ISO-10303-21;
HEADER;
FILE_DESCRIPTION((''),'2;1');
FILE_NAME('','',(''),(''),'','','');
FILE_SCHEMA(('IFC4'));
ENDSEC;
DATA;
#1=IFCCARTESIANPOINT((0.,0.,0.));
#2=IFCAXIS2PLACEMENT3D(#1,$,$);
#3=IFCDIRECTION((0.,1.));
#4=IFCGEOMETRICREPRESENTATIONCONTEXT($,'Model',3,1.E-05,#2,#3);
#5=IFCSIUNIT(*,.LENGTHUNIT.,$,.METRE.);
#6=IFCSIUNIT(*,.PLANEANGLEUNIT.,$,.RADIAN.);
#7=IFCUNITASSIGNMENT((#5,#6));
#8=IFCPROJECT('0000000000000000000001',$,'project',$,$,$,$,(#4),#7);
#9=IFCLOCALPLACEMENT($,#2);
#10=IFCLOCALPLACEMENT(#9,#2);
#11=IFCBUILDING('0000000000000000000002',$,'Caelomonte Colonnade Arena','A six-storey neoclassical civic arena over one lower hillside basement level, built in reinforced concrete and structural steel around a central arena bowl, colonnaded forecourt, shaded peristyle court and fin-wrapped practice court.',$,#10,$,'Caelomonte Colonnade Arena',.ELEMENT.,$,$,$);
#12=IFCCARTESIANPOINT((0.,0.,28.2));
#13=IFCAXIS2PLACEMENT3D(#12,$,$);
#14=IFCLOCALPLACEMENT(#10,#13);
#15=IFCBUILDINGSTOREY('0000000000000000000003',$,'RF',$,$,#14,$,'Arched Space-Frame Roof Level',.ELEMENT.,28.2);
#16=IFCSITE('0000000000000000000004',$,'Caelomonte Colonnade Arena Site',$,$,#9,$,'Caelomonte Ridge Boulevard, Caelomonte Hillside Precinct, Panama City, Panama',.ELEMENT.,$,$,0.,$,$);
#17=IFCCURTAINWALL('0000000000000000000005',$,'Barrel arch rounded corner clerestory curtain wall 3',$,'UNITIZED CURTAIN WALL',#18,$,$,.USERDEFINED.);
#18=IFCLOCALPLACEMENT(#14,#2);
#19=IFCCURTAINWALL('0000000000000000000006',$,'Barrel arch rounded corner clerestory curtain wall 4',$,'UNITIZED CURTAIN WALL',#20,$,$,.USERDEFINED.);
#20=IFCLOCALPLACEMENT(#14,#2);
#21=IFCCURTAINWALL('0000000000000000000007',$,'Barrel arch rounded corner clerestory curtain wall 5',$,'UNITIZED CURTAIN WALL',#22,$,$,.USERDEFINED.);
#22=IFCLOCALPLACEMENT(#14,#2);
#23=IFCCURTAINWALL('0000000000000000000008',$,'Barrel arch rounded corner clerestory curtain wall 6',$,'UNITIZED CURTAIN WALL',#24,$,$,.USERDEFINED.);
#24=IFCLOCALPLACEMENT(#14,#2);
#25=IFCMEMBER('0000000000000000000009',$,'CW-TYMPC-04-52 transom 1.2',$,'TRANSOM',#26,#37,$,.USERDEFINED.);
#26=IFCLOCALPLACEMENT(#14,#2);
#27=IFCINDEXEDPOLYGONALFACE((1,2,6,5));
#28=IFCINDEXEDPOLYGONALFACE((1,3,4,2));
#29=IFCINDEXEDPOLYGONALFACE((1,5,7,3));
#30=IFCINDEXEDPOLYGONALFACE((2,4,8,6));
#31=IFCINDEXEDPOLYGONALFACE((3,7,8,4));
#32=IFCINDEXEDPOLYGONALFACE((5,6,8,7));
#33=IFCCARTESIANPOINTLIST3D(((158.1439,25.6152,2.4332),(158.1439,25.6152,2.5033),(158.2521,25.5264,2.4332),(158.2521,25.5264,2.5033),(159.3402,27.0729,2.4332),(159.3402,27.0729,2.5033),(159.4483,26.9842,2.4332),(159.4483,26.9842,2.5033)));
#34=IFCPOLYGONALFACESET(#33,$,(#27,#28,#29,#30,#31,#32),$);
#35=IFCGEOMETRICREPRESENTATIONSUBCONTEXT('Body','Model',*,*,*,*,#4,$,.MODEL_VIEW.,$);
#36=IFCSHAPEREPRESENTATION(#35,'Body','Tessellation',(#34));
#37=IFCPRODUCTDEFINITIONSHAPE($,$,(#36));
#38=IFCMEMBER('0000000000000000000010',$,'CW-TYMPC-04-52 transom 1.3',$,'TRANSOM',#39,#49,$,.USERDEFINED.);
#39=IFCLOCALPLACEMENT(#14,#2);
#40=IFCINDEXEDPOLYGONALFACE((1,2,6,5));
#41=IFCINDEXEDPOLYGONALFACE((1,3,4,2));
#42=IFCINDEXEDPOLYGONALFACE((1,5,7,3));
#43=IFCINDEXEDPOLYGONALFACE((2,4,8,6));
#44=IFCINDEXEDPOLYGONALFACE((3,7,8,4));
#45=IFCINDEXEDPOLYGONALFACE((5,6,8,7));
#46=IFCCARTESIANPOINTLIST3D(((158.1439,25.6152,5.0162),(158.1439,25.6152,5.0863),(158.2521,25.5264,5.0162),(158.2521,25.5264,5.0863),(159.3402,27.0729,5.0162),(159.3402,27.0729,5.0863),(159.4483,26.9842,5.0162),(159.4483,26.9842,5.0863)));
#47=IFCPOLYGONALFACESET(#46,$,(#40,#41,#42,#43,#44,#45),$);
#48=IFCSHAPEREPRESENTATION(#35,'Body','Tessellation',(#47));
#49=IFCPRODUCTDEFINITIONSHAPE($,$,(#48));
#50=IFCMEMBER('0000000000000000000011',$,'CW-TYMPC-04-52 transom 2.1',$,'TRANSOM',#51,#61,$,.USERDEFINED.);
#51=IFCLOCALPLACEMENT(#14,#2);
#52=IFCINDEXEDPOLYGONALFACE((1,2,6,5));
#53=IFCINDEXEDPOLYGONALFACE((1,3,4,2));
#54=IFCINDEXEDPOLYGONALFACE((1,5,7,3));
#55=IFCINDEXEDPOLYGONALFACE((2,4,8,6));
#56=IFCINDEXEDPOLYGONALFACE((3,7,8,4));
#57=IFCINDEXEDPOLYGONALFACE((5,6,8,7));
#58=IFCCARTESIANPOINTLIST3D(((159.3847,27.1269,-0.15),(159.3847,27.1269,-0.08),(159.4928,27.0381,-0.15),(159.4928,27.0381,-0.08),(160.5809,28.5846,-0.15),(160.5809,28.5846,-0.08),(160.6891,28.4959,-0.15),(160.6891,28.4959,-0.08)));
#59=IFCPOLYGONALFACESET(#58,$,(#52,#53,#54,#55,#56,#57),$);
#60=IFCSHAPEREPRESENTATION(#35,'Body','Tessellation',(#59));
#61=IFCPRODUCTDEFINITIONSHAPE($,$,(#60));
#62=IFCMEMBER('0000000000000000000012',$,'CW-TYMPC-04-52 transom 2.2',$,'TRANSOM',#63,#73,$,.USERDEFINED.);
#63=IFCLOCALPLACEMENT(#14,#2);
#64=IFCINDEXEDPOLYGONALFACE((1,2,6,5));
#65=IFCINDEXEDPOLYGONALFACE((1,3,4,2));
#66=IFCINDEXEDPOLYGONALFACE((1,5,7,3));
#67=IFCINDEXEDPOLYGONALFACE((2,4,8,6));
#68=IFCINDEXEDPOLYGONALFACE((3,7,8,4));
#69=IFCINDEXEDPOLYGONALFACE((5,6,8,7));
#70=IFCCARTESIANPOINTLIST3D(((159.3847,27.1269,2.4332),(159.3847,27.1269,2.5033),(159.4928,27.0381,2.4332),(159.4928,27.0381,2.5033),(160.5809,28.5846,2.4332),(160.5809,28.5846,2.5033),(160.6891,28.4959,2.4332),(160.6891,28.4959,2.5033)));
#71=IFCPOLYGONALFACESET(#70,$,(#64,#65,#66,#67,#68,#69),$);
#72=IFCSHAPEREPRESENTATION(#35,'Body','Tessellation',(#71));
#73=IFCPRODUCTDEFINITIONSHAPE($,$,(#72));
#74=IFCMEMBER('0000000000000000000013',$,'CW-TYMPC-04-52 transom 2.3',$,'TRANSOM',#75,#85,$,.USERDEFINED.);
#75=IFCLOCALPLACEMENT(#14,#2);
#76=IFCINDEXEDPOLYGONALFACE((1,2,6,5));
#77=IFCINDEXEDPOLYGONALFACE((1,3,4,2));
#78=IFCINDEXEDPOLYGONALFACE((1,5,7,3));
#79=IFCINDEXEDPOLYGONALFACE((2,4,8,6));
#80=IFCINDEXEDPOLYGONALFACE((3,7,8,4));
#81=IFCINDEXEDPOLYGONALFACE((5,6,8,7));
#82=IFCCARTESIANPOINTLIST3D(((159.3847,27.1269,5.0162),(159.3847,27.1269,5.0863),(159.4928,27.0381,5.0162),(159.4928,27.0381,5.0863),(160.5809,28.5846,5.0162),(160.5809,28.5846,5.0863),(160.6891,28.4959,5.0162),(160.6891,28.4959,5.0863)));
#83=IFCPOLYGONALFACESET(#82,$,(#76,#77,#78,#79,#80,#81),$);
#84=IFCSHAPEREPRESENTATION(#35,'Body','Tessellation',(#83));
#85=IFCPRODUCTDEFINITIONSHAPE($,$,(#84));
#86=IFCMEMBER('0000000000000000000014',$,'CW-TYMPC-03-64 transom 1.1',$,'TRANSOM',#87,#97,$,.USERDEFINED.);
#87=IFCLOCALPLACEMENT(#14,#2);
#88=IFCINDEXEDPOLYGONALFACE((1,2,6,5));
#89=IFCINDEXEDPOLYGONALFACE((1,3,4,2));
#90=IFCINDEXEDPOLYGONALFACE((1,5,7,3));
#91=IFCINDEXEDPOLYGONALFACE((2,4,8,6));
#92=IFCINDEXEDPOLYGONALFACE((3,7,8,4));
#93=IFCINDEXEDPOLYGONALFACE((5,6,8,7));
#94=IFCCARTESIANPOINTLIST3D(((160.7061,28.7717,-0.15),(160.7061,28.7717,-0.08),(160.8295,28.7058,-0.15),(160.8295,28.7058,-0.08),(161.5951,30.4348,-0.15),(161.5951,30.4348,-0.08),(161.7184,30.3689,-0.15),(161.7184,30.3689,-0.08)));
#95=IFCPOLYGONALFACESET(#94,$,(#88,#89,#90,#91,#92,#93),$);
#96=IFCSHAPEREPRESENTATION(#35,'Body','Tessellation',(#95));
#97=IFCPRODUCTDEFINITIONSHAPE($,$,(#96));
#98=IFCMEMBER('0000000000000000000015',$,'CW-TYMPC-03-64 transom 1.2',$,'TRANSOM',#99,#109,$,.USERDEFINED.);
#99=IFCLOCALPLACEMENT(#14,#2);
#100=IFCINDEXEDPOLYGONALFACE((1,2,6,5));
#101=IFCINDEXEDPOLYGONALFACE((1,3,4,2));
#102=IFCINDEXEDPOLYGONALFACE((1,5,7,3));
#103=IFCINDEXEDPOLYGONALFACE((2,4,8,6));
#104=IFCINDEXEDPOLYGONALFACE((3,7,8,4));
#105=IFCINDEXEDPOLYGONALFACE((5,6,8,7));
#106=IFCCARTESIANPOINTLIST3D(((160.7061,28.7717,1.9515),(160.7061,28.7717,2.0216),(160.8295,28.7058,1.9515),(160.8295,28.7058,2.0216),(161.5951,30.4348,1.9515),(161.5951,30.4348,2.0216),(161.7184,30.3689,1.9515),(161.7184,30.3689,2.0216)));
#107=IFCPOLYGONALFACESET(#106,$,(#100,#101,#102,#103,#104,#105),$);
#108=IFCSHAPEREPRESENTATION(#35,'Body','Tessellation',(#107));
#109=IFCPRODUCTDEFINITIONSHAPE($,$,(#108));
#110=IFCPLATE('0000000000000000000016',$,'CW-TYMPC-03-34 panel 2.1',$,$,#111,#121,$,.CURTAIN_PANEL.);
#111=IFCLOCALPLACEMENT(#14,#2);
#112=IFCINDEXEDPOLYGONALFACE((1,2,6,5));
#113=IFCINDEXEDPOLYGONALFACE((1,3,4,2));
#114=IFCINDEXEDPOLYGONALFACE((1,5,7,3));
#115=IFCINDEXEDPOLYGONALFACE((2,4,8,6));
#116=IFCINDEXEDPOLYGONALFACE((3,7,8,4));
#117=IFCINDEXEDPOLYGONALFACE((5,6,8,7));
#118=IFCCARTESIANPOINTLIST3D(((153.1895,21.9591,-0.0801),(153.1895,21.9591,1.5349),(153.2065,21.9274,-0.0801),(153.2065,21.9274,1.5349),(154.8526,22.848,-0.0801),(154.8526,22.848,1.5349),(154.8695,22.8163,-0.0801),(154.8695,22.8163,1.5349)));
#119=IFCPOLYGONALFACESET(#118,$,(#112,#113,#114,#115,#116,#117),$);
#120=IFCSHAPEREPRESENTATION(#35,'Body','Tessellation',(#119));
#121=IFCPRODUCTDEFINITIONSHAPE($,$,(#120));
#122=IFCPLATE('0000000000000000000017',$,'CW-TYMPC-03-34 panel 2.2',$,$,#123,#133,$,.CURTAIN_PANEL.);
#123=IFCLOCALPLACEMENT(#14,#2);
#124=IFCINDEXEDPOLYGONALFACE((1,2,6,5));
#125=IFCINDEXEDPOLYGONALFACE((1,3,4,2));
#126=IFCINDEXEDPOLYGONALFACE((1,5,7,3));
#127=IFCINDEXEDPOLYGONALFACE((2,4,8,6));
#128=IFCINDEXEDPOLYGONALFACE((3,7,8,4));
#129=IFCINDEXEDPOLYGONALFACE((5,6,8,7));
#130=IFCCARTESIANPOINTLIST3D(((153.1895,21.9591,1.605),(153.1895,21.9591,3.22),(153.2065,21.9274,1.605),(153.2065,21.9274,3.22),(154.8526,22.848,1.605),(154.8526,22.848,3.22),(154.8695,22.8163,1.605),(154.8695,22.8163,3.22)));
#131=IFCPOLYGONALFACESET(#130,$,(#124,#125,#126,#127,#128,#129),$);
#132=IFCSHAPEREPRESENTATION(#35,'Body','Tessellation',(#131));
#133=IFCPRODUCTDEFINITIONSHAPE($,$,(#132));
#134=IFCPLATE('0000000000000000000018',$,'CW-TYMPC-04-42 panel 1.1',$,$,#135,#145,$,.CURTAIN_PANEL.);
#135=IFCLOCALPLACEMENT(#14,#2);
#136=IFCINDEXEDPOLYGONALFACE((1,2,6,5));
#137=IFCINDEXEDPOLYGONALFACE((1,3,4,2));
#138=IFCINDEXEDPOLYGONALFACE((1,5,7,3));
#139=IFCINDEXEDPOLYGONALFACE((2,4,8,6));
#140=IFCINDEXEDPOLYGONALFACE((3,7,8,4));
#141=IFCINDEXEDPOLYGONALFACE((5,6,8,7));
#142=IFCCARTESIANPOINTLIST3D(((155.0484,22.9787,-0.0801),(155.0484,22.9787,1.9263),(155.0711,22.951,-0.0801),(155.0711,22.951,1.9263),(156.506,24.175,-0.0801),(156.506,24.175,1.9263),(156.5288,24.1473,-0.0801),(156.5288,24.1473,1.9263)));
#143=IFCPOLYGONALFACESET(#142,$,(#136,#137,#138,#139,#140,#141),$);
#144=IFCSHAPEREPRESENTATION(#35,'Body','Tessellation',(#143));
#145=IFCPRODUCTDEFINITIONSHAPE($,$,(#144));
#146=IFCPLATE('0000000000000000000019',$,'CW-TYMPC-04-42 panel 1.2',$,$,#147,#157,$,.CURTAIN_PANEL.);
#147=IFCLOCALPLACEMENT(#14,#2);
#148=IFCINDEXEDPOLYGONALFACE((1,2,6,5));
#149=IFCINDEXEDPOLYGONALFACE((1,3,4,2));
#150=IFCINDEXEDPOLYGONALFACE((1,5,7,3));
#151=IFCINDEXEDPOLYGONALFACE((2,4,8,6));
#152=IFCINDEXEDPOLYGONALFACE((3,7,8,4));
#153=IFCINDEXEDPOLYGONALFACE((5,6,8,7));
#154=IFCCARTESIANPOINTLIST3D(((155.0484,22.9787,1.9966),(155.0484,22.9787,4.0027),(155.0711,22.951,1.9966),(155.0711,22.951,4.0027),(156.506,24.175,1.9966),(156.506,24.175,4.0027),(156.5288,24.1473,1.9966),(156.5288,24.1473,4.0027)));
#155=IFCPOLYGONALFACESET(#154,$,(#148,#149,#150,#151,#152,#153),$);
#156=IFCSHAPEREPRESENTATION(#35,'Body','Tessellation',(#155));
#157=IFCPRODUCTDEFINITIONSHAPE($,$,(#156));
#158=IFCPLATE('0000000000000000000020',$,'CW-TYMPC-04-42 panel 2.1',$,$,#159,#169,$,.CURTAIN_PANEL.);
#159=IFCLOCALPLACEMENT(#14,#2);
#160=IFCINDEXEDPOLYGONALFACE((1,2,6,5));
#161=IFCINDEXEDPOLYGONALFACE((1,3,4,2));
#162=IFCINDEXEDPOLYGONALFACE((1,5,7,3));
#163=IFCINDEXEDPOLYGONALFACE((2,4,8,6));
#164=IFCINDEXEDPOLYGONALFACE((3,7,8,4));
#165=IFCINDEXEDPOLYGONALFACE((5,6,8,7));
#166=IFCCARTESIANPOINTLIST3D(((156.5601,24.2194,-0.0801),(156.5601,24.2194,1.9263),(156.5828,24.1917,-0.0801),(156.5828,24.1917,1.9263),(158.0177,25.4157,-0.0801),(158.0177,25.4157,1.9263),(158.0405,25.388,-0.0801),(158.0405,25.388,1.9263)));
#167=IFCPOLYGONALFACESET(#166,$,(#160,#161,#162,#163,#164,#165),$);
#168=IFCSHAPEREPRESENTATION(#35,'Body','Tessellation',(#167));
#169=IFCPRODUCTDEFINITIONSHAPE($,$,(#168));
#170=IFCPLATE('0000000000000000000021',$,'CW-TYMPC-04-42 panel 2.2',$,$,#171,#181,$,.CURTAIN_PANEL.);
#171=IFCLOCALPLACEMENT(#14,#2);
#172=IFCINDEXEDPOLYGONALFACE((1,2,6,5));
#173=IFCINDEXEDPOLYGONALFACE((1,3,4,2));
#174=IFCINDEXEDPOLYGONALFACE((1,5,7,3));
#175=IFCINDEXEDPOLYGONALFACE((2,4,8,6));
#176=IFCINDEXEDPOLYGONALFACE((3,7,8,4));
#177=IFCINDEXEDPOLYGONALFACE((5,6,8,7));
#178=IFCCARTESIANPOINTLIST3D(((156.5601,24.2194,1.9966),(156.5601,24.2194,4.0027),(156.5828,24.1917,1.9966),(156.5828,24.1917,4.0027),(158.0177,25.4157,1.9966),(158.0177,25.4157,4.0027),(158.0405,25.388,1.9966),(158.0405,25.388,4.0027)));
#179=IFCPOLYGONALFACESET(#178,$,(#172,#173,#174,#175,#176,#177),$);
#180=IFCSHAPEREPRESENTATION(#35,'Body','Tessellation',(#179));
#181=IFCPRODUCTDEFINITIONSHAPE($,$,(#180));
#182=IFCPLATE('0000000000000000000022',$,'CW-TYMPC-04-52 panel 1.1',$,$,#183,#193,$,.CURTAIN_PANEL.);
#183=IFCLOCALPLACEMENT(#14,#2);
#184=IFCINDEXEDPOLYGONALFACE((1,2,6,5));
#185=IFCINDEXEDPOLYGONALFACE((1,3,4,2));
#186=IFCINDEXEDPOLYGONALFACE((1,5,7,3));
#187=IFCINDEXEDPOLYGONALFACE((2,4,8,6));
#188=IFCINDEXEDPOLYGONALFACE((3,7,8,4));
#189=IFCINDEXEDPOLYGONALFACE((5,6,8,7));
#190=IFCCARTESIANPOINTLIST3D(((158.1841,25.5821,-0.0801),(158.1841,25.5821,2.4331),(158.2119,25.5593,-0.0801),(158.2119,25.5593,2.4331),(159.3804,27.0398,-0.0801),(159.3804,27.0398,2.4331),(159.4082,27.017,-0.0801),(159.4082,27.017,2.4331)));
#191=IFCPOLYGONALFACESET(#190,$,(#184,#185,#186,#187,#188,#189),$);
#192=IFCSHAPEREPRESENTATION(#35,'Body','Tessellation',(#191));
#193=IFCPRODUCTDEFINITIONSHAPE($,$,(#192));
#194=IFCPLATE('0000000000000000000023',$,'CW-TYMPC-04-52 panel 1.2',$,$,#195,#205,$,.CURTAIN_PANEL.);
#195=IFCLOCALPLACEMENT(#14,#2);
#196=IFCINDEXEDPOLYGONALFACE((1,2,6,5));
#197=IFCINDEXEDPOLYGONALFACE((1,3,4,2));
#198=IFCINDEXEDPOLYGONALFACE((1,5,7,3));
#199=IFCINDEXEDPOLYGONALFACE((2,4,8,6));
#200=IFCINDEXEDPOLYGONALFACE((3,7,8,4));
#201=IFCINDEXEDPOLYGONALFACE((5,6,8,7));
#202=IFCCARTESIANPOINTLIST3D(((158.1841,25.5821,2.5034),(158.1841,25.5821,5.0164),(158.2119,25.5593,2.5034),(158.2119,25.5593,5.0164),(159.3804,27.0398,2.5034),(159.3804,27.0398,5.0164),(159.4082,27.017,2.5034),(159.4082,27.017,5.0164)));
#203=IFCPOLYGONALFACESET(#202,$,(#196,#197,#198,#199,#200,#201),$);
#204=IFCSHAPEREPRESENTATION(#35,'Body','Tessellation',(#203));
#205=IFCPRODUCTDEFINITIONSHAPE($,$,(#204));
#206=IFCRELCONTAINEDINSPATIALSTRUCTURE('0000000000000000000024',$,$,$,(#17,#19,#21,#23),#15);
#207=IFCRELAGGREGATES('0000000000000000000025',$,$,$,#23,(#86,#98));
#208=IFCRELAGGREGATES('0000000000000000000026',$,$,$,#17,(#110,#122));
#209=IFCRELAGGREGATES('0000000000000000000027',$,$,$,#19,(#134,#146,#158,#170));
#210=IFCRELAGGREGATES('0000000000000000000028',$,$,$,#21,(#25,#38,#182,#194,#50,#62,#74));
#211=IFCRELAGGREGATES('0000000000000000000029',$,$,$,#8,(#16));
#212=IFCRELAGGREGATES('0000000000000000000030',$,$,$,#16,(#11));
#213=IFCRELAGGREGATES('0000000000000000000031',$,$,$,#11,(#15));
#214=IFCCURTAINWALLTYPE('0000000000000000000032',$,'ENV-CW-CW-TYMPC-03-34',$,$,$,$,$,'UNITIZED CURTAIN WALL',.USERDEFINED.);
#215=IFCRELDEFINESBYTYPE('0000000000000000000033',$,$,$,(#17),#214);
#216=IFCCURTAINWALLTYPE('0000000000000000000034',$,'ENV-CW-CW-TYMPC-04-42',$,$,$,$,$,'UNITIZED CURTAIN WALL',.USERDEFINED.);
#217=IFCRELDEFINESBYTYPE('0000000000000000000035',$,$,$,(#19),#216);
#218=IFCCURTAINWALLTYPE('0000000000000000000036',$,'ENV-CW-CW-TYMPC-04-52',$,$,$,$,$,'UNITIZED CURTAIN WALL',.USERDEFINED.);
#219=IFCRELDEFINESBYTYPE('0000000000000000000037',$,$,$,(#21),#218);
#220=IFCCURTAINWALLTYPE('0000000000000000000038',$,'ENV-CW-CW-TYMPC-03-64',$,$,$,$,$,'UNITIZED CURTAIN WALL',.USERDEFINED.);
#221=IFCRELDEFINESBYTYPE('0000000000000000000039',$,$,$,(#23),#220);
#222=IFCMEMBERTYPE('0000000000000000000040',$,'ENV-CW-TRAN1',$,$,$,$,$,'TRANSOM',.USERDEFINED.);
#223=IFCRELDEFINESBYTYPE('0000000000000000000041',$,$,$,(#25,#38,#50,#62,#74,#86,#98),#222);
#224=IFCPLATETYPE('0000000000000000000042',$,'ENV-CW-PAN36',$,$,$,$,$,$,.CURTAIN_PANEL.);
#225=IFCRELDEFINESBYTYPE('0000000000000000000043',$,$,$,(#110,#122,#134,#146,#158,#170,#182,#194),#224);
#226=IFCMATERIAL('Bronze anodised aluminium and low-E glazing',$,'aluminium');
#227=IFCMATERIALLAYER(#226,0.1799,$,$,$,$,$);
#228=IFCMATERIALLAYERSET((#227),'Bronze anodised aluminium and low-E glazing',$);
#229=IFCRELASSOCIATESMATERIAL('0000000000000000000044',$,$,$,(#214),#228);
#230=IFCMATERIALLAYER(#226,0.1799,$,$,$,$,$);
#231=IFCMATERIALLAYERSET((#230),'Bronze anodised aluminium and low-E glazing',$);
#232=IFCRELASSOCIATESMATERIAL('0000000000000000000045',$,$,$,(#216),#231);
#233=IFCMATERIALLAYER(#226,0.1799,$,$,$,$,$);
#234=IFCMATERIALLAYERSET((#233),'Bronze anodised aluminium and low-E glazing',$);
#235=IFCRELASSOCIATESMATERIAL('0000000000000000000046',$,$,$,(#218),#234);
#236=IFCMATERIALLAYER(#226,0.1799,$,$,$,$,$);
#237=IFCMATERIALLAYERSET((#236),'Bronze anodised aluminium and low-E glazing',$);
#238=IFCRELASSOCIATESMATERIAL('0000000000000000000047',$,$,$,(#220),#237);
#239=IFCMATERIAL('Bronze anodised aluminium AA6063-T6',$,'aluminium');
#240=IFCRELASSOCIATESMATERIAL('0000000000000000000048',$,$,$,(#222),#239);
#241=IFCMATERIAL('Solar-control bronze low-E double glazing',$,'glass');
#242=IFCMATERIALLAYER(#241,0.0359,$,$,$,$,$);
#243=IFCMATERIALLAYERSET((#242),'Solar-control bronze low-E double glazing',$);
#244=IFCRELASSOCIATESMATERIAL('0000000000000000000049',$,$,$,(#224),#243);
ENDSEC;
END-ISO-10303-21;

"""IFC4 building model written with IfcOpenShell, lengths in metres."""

from ifc_helpers import new_model, si_unit, direction, frame, origin, origin_2d, place, context, subcontext, project, spatial, rectangle, extrude, material, layer, layer_set, material_profile, profile_set, type_object, element, aggregate, save


model = new_model("IFC4")

# Units and contexts
model_context = context("Model", 3, precision=1e-05, world=origin(), true_north=direction((0.0, 1.0)))
body_context = subcontext(model_context, "Body", "Model", "MODEL_VIEW")
ifc_project = project(units=[si_unit("LENGTHUNIT", "METRE"), si_unit("PLANEANGLEUNIT", "RADIAN")], contexts=[model_context])

# Site, building, storey
site_placement = place(None, origin())
site = spatial("IfcSite", under=ifc_project, at=site_placement, Name="Caelomonte Colonnade Arena Site", LongName="Caelomonte Ridge Boulevard, Caelomonte Hillside Precinct, Panama City, Panama", CompositionType="ELEMENT", RefElevation=0.0)
building_placement = place(site_placement, origin())
building = spatial("IfcBuilding", under=site, at=building_placement, Name="Caelomonte Colonnade Arena", Description="A six-storey neoclassical civic arena over one lower hillside basement level, built in reinforced concrete and structural steel around a central arena bowl, colonnaded forecourt, shaded peristyle court and fin-wrapped practice court.", LongName="Caelomonte Colonnade Arena", CompositionType="ELEMENT")
storey_placement = place(building_placement, frame((0.0, 0.0, 28.2)))
storey = spatial("IfcBuildingStorey", under=building, at=storey_placement, Name="RF", LongName="Arched Space-Frame Roof Level", CompositionType="ELEMENT", Elevation=28.2)

# Curtain wall
ifc_material_1 = material(Name="Bronze anodised aluminium and low-E glazing", Category="aluminium")
ifc_layer_1 = layer(ifc_material_1, 0.1799)
ifc_layer_set_1 = layer_set([ifc_layer_1], Name="Bronze anodised aluminium and low-E glazing")
curtain_wall_type_1 = type_object("IfcCurtainWallType", Name="ENV-CW-CW-TYMPC-03-34", ElementType="UNITIZED CURTAIN WALL", PredefinedType="USERDEFINED", material=ifc_layer_set_1)
curtain_wall_1_placement = place(storey_placement, origin())
curtain_wall_1 = element("IfcCurtainWall", 1, at=curtain_wall_1_placement, inside=storey, type_object=curtain_wall_type_1, Name="Barrel arch rounded corner clerestory curtain wall 3", ObjectType="UNITIZED CURTAIN WALL", PredefinedType="USERDEFINED")
ifc_material_2 = material(Name="Bronze anodised aluminium AA6063-T6", Category="aluminium")

# Curtain walls
ifc_layer_2 = layer(ifc_material_1, 0.1799)
ifc_layer_set_2 = layer_set([ifc_layer_2], Name="Bronze anodised aluminium and low-E glazing")
curtain_wall_type_2 = type_object("IfcCurtainWallType", Name="ENV-CW-CW-TYMPC-04-42", ElementType="UNITIZED CURTAIN WALL", PredefinedType="USERDEFINED", material=ifc_layer_set_2)
curtain_wall_2_placement = place(storey_placement, origin())
curtain_wall_2 = element("IfcCurtainWall", 2, at=curtain_wall_2_placement, inside=storey, type_object=curtain_wall_type_2, Name="Barrel arch rounded corner clerestory curtain wall 4", ObjectType="UNITIZED CURTAIN WALL", PredefinedType="USERDEFINED")
ifc_layer_3 = layer(ifc_material_1, 0.1799)
ifc_layer_set_3 = layer_set([ifc_layer_3], Name="Bronze anodised aluminium and low-E glazing")
curtain_wall_type_3 = type_object("IfcCurtainWallType", Name="ENV-CW-CW-TYMPC-04-52", ElementType="UNITIZED CURTAIN WALL", PredefinedType="USERDEFINED", material=ifc_layer_set_3)
curtain_wall_3_placement = place(storey_placement, origin())
curtain_wall_3 = element("IfcCurtainWall", 3, at=curtain_wall_3_placement, inside=storey, type_object=curtain_wall_type_3, Name="Barrel arch rounded corner clerestory curtain wall 5", ObjectType="UNITIZED CURTAIN WALL", PredefinedType="USERDEFINED")

# Curtain wall
ifc_layer_4 = layer(ifc_material_1, 0.1799)
ifc_layer_set_4 = layer_set([ifc_layer_4], Name="Bronze anodised aluminium and low-E glazing")
curtain_wall_type_4 = type_object("IfcCurtainWallType", Name="ENV-CW-CW-TYMPC-03-64", ElementType="UNITIZED CURTAIN WALL", PredefinedType="USERDEFINED", material=ifc_layer_set_4)
curtain_wall_4_placement = place(storey_placement, origin())
curtain_wall_4 = element("IfcCurtainWall", 4, at=curtain_wall_4_placement, inside=storey, type_object=curtain_wall_type_4, Name="Barrel arch rounded corner clerestory curtain wall 6", ObjectType="UNITIZED CURTAIN WALL", PredefinedType="USERDEFINED")

# Members
ifc_material_profile_1 = material_profile(ifc_material_2, rectangle(XDim=0.0701, YDim=0.1399, at=origin_2d()), Name="CWT-70X140")
ifc_profile_set_1 = profile_set([ifc_material_profile_1], Name="Bronze anodised aluminium AA6063-T6")
member_type_1 = type_object("IfcMemberType", Name="ENV-CW-TRAN1", ElementType="TRANSOM", PredefinedType="USERDEFINED", material=ifc_profile_set_1)
member_1_placement = place(storey_placement, frame((158.198, 25.5708, 2.4683), z_axis=(0.634372, 0.773028, 0.0), x_axis=(0.0, 0.0, 1.0)))
member_1 = element("IfcMember", 5, at=member_1_placement, type_object=member_type_1, Name="CW-TYMPC-04-52 transom 1.2", ObjectType="TRANSOM", PredefinedType="USERDEFINED", context=body_context, shape_type="SweptSolid", body=[
    extrude(rectangle(XDim=0.0701, YDim=0.1399, at=origin_2d()), origin(), (0.0, 0.0, 1.0), 1.8857),
])
member_2_placement = place(storey_placement, frame((158.198, 25.5708, 5.0513), z_axis=(0.634372, 0.773028, 0.0), x_axis=(0.0, 0.0, 1.0)))
member_2 = element("IfcMember", 6, at=member_2_placement, type_object=member_type_1, Name="CW-TYMPC-04-52 transom 1.3", ObjectType="TRANSOM", PredefinedType="USERDEFINED", context=body_context, shape_type="SweptSolid", body=[
    extrude(rectangle(XDim=0.0701, YDim=0.1399, at=origin_2d()), origin(), (0.0, 0.0, 1.0), 1.8857),
])
member_3_placement = place(storey_placement, frame((159.4387, 27.0825, -0.115), z_axis=(0.634372, 0.773028, 0.0), x_axis=(0.0, 0.0, 1.0)))
member_3 = element("IfcMember", 7, at=member_3_placement, type_object=member_type_1, Name="CW-TYMPC-04-52 transom 2.1", ObjectType="TRANSOM", PredefinedType="USERDEFINED", context=body_context, shape_type="SweptSolid", body=[
    extrude(rectangle(XDim=0.0701, YDim=0.1399, at=origin_2d()), origin(), (0.0, 0.0, 1.0), 1.8857),
])
member_4_placement = place(storey_placement, frame((159.4387, 27.0825, 2.4683), z_axis=(0.634372, 0.773028, 0.0), x_axis=(0.0, 0.0, 1.0)))
member_4 = element("IfcMember", 8, at=member_4_placement, type_object=member_type_1, Name="CW-TYMPC-04-52 transom 2.2", ObjectType="TRANSOM", PredefinedType="USERDEFINED", context=body_context, shape_type="SweptSolid", body=[
    extrude(rectangle(XDim=0.0701, YDim=0.1399, at=origin_2d()), origin(), (0.0, 0.0, 1.0), 1.8857),
])
member_5_placement = place(storey_placement, frame((159.4387, 27.0825, 5.0513), z_axis=(0.634372, 0.773028, 0.0), x_axis=(0.0, 0.0, 1.0)))
member_5 = element("IfcMember", 9, at=member_5_placement, type_object=member_type_1, Name="CW-TYMPC-04-52 transom 2.3", ObjectType="TRANSOM", PredefinedType="USERDEFINED", context=body_context, shape_type="SweptSolid", body=[
    extrude(rectangle(XDim=0.0701, YDim=0.1399, at=origin_2d()), origin(), (0.0, 0.0, 1.0), 1.8857),
])
member_6_placement = place(storey_placement, frame((160.7678, 28.7388, -0.115), z_axis=(0.471388, 0.881926, 0.0), x_axis=(0.0, 0.0, 1.0)))
member_6 = element("IfcMember", 10, at=member_6_placement, type_object=member_type_1, Name="CW-TYMPC-03-64 transom 1.1", ObjectType="TRANSOM", PredefinedType="USERDEFINED", context=body_context, shape_type="SweptSolid", body=[
    extrude(rectangle(XDim=0.0701, YDim=0.1399, at=origin_2d()), origin(), (0.0, 0.0, 1.0), 1.8857),
])
member_7_placement = place(storey_placement, frame((160.7678, 28.7388, 1.9866), z_axis=(0.471388, 0.881926, 0.0), x_axis=(0.0, 0.0, 1.0)))
member_7 = element("IfcMember", 11, at=member_7_placement, type_object=member_type_1, Name="CW-TYMPC-03-64 transom 1.2", ObjectType="TRANSOM", PredefinedType="USERDEFINED", context=body_context, shape_type="SweptSolid", body=[
    extrude(rectangle(XDim=0.0701, YDim=0.1399, at=origin_2d()), origin(), (0.0, 0.0, 1.0), 1.8857),
])
aggregate(curtain_wall_4, [member_6, member_7])

# Plates
ifc_material_3 = material(Name="Solar-control bronze low-E double glazing", Category="glass")
ifc_layer_5 = layer(ifc_material_3, 0.0359)
ifc_layer_set_5 = layer_set([ifc_layer_5], Name="Solar-control bronze low-E double glazing")
plate_type = type_object("IfcPlateType", Name="ENV-CW-PAN36", PredefinedType="CURTAIN_PANEL", material=ifc_layer_set_5)
plate_1_placement = place(storey_placement, frame((154.0295, 22.3877, -0.0801), z_axis=(0.0, 0.0, 1.0), x_axis=(0.881924, 0.471391, 0.0)))
plate_1 = element("IfcPlate", 12, at=plate_1_placement, type_object=plate_type, Name="CW-TYMPC-03-34 panel 2.1", PredefinedType="CURTAIN_PANEL", context=body_context, shape_type="SweptSolid", body=[
    extrude(rectangle(XDim=1.8857, YDim=0.0359, at=origin_2d()), origin(), (0.0, 0.0, 1.0), 1.615),
])
plate_2_placement = place(storey_placement, frame((154.0295, 22.3877, 1.605), z_axis=(0.0, 0.0, 1.0), x_axis=(0.881924, 0.471391, 0.0)))
plate_2 = element("IfcPlate", 13, at=plate_2_placement, type_object=plate_type, Name="CW-TYMPC-03-34 panel 2.2", PredefinedType="CURTAIN_PANEL", context=body_context, shape_type="SweptSolid", body=[
    extrude(rectangle(XDim=1.8857, YDim=0.0359, at=origin_2d()), origin(), (0.0, 0.0, 1.0), 1.615),
])
aggregate(curtain_wall_1, [plate_1, plate_2])
plate_3_placement = place(storey_placement, frame((155.7886, 23.563, -0.0801), z_axis=(0.0, 0.0, 1.0), x_axis=(0.773001, 0.634405, 0.0)))
plate_3 = element("IfcPlate", 14, at=plate_3_placement, type_object=plate_type, Name="CW-TYMPC-04-42 panel 1.1", PredefinedType="CURTAIN_PANEL", context=body_context, shape_type="SweptSolid", body=[
    extrude(rectangle(XDim=1.8857, YDim=0.0359, at=origin_2d()), origin(), (0.0, 0.0, 1.0), 2.0063),
])
plate_4_placement = place(storey_placement, frame((155.7886, 23.563, 1.9966), z_axis=(0.0, 0.0, 1.0), x_axis=(0.773001, 0.634405, 0.0)))
plate_4 = element("IfcPlate", 15, at=plate_4_placement, type_object=plate_type, Name="CW-TYMPC-04-42 panel 1.2", PredefinedType="CURTAIN_PANEL", context=body_context, shape_type="SweptSolid", body=[
    extrude(rectangle(XDim=1.8857, YDim=0.0359, at=origin_2d()), origin(), (0.0, 0.0, 1.0), 2.0061),
])
plate_5_placement = place(storey_placement, frame((157.3003, 24.8037, -0.0801), z_axis=(0.0, 0.0, 1.0), x_axis=(0.773001, 0.634405, 0.0)))
plate_5 = element("IfcPlate", 16, at=plate_5_placement, type_object=plate_type, Name="CW-TYMPC-04-42 panel 2.1", PredefinedType="CURTAIN_PANEL", context=body_context, shape_type="SweptSolid", body=[
    extrude(rectangle(XDim=1.8857, YDim=0.0359, at=origin_2d()), origin(), (0.0, 0.0, 1.0), 2.0063),
])
plate_6_placement = place(storey_placement, frame((157.3003, 24.8037, 1.9966), z_axis=(0.0, 0.0, 1.0), x_axis=(0.773001, 0.634405, 0.0)))
plate_6 = element("IfcPlate", 17, at=plate_6_placement, type_object=plate_type, Name="CW-TYMPC-04-42 panel 2.2", PredefinedType="CURTAIN_PANEL", context=body_context, shape_type="SweptSolid", body=[
    extrude(rectangle(XDim=1.8857, YDim=0.0359, at=origin_2d()), origin(), (0.0, 0.0, 1.0), 2.0061),
])
aggregate(curtain_wall_2, [plate_3, plate_4, plate_5, plate_6])
plate_7_placement = place(storey_placement, frame((158.7961, 26.2996, -0.0801), z_axis=(0.0, 0.0, 1.0), x_axis=(0.634405, 0.773001, 0.0)))
plate_7 = element("IfcPlate", 18, at=plate_7_placement, type_object=plate_type, Name="CW-TYMPC-04-52 panel 1.1", PredefinedType="CURTAIN_PANEL", context=body_context, shape_type="SweptSolid", body=[
    extrude(rectangle(XDim=1.8857, YDim=0.0359, at=origin_2d()), origin(), (0.0, 0.0, 1.0), 2.5132),
])
plate_8_placement = place(storey_placement, frame((158.7961, 26.2996, 2.5034), z_axis=(0.0, 0.0, 1.0), x_axis=(0.634405, 0.773001, 0.0)))
plate_8 = element("IfcPlate", 19, at=plate_8_placement, type_object=plate_type, Name="CW-TYMPC-04-52 panel 1.2", PredefinedType="CURTAIN_PANEL", context=body_context, shape_type="SweptSolid", body=[
    extrude(rectangle(XDim=1.8857, YDim=0.0359, at=origin_2d()), origin(), (0.0, 0.0, 1.0), 2.5129),
])
aggregate(curtain_wall_3, [member_1, member_2, plate_7, plate_8, member_3, member_4, member_5])

save(model, "model.ifc")
